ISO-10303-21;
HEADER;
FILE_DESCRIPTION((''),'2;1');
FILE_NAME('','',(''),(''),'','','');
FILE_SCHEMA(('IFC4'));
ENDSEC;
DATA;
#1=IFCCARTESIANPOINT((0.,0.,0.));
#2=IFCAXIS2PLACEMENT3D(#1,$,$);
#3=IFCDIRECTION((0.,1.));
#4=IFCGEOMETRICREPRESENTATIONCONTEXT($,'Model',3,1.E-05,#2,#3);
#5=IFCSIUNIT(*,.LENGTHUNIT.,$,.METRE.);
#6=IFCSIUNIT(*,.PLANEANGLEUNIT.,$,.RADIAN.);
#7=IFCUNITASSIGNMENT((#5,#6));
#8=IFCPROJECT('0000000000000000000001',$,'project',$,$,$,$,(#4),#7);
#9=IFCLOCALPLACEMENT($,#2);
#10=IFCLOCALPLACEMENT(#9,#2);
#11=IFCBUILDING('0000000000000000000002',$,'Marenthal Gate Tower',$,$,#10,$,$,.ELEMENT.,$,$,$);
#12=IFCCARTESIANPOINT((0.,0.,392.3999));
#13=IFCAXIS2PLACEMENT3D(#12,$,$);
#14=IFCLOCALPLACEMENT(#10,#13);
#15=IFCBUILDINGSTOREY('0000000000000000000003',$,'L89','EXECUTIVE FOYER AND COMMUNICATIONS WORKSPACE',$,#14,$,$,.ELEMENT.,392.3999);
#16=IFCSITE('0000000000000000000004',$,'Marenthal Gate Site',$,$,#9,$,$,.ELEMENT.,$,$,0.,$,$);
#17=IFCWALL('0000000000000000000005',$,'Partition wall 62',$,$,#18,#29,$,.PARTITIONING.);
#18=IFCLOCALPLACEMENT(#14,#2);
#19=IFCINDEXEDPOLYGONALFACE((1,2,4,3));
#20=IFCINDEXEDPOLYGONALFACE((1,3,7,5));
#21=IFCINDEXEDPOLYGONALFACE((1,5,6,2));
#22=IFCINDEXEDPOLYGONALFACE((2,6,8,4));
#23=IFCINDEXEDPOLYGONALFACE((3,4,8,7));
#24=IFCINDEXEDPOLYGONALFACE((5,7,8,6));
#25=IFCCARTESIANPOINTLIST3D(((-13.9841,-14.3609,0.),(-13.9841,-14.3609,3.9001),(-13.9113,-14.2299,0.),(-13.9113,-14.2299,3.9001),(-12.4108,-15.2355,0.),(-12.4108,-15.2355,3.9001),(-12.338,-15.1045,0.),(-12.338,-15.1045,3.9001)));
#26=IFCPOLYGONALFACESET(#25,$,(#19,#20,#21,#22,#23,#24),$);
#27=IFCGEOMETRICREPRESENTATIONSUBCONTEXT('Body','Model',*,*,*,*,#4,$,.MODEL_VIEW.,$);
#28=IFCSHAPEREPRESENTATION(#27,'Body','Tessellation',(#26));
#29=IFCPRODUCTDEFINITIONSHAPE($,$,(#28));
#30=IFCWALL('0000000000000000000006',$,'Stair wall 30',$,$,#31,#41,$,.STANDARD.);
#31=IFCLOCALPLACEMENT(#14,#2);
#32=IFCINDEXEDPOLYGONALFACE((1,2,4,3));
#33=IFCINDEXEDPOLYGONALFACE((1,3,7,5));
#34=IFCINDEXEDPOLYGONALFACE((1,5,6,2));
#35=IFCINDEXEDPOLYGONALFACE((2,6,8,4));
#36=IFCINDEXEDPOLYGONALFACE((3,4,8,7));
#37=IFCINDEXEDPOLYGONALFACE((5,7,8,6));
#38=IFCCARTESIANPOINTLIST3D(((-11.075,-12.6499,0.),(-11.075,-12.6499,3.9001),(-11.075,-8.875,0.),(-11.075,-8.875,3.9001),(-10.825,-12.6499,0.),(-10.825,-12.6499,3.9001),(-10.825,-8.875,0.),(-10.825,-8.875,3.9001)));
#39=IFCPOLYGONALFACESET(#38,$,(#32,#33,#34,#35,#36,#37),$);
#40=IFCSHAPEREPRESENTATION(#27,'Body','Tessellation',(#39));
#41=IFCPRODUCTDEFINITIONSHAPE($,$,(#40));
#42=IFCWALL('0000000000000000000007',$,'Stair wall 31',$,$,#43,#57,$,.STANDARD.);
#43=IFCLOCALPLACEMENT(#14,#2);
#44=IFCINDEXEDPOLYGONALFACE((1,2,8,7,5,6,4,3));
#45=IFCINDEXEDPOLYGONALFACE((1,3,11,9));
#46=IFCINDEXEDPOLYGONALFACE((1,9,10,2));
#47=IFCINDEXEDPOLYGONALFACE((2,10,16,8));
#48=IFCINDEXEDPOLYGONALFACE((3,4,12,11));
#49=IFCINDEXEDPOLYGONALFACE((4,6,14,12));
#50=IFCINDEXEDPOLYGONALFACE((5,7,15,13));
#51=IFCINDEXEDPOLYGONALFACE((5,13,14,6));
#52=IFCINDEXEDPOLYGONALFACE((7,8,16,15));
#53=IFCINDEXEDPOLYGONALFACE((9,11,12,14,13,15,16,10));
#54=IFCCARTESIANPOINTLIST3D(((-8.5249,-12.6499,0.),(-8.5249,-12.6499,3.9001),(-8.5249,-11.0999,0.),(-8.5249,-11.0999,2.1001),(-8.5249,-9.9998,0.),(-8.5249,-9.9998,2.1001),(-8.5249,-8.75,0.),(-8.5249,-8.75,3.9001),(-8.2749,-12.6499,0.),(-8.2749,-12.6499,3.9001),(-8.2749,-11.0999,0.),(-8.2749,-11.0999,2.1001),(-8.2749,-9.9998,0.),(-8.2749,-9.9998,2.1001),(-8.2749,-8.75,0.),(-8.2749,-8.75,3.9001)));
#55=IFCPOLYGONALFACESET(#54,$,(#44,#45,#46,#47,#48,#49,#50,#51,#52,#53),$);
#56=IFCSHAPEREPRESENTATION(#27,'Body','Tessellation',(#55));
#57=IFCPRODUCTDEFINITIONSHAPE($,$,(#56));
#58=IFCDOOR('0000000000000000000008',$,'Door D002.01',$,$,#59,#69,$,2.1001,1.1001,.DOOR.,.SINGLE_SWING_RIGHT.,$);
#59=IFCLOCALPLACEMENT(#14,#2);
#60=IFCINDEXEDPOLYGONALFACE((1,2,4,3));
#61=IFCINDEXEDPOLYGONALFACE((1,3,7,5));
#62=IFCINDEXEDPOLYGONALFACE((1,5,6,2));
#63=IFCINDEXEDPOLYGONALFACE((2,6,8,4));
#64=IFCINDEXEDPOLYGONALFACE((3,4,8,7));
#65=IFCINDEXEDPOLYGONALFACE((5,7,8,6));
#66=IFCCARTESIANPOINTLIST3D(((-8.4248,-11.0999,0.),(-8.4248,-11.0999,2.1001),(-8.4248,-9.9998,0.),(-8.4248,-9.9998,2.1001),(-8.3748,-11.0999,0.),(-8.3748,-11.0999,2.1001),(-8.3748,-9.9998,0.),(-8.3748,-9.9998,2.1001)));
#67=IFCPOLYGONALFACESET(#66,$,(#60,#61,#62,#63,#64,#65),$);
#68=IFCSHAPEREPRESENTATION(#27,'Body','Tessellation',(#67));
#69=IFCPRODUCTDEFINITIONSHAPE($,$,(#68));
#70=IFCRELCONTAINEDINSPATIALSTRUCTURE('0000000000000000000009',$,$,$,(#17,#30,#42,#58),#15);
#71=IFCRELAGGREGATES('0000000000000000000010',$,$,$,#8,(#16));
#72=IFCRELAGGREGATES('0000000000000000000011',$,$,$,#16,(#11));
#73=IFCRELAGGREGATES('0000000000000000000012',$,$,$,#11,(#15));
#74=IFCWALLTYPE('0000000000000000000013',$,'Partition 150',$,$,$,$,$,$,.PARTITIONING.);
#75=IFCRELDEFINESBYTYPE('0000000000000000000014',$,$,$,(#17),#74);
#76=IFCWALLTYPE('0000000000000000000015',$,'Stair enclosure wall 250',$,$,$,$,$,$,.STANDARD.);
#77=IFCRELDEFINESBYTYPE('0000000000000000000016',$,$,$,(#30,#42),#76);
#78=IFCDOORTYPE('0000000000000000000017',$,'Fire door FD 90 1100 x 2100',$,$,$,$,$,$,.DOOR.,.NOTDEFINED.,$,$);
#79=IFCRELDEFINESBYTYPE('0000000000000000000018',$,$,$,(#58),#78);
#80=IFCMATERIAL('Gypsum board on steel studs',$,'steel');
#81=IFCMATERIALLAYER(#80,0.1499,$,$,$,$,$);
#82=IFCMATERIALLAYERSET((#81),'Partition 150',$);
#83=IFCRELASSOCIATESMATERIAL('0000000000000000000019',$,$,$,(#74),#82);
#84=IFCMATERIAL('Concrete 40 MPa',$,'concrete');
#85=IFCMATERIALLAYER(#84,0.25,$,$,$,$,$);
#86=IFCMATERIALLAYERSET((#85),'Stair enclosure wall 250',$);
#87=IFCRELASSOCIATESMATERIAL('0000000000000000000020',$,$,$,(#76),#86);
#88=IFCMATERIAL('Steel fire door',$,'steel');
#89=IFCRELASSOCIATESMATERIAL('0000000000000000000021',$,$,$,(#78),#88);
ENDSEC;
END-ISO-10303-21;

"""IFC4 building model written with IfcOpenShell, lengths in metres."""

from ifc_helpers import new_model, si_unit, direction, frame, frame_2d, origin, place, context, subcontext, project, spatial, rectangle, extrude, material, layer, layer_set, type_object, element, fill, save


model = new_model("IFC4")

# Units and contexts
model_context = context("Model", 3, precision=1e-05, world=origin(), true_north=direction((0.0, 1.0)))
body_context = subcontext(model_context, "Body", "Model", "MODEL_VIEW")
ifc_project = project(units=[si_unit("LENGTHUNIT", "METRE"), si_unit("PLANEANGLEUNIT", "RADIAN")], contexts=[model_context])

# Site, building, storey
site_placement = place(None, origin())
site = spatial("IfcSite", under=ifc_project, at=site_placement, Name="Marenthal Gate Site", CompositionType="ELEMENT", RefElevation=0.0)
building_placement = place(site_placement, origin())
building = spatial("IfcBuilding", under=site, at=building_placement, Name="Marenthal Gate Tower", CompositionType="ELEMENT")
storey_placement = place(building_placement, frame((0.0, 0.0, 392.3999)))
storey = spatial("IfcBuildingStorey", under=building, at=storey_placement, Name="L89", Description="EXECUTIVE FOYER AND COMMUNICATIONS WORKSPACE", CompositionType="ELEMENT", Elevation=392.3999)

# Walls
ifc_material_1 = material(Name="Gypsum board on steel studs", Category="steel")
ifc_layer_1 = layer(ifc_material_1, 0.1499)
ifc_layer_set_1 = layer_set([ifc_layer_1], Name="Partition 150")
wall_type_1 = type_object("IfcWallType", Name="Partition 150", PredefinedType="PARTITIONING", material=ifc_layer_set_1)
wall_1_placement = place(storey_placement, frame((-12.3745, -15.1699, 0.0), z_axis=(0.0, 0.0, 1.0), x_axis=(-0.874042, 0.48585, 0.0)))
element("IfcWall", 1, at=wall_1_placement, inside=storey, type_object=wall_type_1, Name="Partition wall 62", PredefinedType="PARTITIONING", context=body_context, shape_type="SweptSolid", body=[
    extrude(rectangle(XDim=1.8, YDim=0.1499, at=frame_2d((0.8999, 0.0))), origin(), (0.0, 0.0, 1.0), 3.9001),
])
ifc_material_2 = material(Name="Concrete 40 MPa", Category="concrete")
ifc_layer_2 = layer(ifc_material_2, 0.25)
ifc_layer_set_2 = layer_set([ifc_layer_2], Name="Stair enclosure wall 250")
wall_type_2 = type_object("IfcWallType", Name="Stair enclosure wall 250", PredefinedType="STANDARD", material=ifc_layer_set_2)
wall_2_placement = place(storey_placement, frame((-10.95, -12.6499, 0.0), z_axis=(0.0, 0.0, 1.0), x_axis=(0.0, 1.0, 0.0)))
element("IfcWall", 2, at=wall_2_placement, inside=storey, type_object=wall_type_2, Name="Stair wall 30", PredefinedType="STANDARD", context=body_context, shape_type="SweptSolid", body=[
    extrude(rectangle(XDim=3.7749, YDim=0.25, at=frame_2d((1.8875, 0.0))), origin(), (0.0, 0.0, 1.0), 3.9001),
])

# Wall, opening, door
wall_3_placement = place(storey_placement, frame((-8.3999, -12.6499, 0.0), z_axis=(0.0, 0.0, 1.0), x_axis=(0.0, 1.0, 0.0)))
wall_3 = element("IfcWall", 3, at=wall_3_placement, inside=storey, type_object=wall_type_2, Name="Stair wall 31", PredefinedType="STANDARD", context=body_context, shape_type="SweptSolid", body=[
    extrude(rectangle(XDim=3.8999, YDim=0.25, at=frame_2d((1.95, 0.0))), origin(), (0.0, 0.0, 1.0), 3.9001),
])
opening_1_placement = place(wall_3_placement, frame((1.55, 0.0, 0.0)))
opening_1 = element("IfcOpeningElement", 4, at=opening_1_placement, cuts=wall_3, PredefinedType="OPENING", context=body_context, shape_type="SweptSolid", body=[
    extrude(rectangle(XDim=1.1001, YDim=2.1001, at=frame_2d((0.55, 1.05))), frame((0.0, 0.135, 0.0), z_axis=(0.0, -1.0, 0.0), x_axis=(1.0, 0.0, 0.0)), (0.0, 0.0, 1.0), 0.27),
])
ifc_material_3 = material(Name="Steel fire door", Category="steel")
door_type_1 = type_object("IfcDoorType", Name="Fire door FD 90 1100 x 2100", OperationType="NOTDEFINED", PredefinedType="DOOR", material=ifc_material_3)
door_1_placement = place(opening_1_placement, origin())
door_1 = element("IfcDoor", 5, at=door_1_placement, inside=storey, type_object=door_type_1, Name="Door D002.01", OperationType="SINGLE_SWING_RIGHT", OverallHeight=2.1001, OverallWidth=1.1001, PredefinedType="DOOR", context=body_context, shape_type="SweptSolid", body=[
    extrude(rectangle(XDim=1.1001, YDim=2.1001, at=frame_2d((0.55, 1.05))), frame((0.0, 0.0249, 0.0), z_axis=(0.0, -1.0, 0.0), x_axis=(1.0, 0.0, 0.0)), (0.0, 0.0, 1.0), 0.05),
])
fill(opening_1, door_1)

save(model, "model.ifc")
